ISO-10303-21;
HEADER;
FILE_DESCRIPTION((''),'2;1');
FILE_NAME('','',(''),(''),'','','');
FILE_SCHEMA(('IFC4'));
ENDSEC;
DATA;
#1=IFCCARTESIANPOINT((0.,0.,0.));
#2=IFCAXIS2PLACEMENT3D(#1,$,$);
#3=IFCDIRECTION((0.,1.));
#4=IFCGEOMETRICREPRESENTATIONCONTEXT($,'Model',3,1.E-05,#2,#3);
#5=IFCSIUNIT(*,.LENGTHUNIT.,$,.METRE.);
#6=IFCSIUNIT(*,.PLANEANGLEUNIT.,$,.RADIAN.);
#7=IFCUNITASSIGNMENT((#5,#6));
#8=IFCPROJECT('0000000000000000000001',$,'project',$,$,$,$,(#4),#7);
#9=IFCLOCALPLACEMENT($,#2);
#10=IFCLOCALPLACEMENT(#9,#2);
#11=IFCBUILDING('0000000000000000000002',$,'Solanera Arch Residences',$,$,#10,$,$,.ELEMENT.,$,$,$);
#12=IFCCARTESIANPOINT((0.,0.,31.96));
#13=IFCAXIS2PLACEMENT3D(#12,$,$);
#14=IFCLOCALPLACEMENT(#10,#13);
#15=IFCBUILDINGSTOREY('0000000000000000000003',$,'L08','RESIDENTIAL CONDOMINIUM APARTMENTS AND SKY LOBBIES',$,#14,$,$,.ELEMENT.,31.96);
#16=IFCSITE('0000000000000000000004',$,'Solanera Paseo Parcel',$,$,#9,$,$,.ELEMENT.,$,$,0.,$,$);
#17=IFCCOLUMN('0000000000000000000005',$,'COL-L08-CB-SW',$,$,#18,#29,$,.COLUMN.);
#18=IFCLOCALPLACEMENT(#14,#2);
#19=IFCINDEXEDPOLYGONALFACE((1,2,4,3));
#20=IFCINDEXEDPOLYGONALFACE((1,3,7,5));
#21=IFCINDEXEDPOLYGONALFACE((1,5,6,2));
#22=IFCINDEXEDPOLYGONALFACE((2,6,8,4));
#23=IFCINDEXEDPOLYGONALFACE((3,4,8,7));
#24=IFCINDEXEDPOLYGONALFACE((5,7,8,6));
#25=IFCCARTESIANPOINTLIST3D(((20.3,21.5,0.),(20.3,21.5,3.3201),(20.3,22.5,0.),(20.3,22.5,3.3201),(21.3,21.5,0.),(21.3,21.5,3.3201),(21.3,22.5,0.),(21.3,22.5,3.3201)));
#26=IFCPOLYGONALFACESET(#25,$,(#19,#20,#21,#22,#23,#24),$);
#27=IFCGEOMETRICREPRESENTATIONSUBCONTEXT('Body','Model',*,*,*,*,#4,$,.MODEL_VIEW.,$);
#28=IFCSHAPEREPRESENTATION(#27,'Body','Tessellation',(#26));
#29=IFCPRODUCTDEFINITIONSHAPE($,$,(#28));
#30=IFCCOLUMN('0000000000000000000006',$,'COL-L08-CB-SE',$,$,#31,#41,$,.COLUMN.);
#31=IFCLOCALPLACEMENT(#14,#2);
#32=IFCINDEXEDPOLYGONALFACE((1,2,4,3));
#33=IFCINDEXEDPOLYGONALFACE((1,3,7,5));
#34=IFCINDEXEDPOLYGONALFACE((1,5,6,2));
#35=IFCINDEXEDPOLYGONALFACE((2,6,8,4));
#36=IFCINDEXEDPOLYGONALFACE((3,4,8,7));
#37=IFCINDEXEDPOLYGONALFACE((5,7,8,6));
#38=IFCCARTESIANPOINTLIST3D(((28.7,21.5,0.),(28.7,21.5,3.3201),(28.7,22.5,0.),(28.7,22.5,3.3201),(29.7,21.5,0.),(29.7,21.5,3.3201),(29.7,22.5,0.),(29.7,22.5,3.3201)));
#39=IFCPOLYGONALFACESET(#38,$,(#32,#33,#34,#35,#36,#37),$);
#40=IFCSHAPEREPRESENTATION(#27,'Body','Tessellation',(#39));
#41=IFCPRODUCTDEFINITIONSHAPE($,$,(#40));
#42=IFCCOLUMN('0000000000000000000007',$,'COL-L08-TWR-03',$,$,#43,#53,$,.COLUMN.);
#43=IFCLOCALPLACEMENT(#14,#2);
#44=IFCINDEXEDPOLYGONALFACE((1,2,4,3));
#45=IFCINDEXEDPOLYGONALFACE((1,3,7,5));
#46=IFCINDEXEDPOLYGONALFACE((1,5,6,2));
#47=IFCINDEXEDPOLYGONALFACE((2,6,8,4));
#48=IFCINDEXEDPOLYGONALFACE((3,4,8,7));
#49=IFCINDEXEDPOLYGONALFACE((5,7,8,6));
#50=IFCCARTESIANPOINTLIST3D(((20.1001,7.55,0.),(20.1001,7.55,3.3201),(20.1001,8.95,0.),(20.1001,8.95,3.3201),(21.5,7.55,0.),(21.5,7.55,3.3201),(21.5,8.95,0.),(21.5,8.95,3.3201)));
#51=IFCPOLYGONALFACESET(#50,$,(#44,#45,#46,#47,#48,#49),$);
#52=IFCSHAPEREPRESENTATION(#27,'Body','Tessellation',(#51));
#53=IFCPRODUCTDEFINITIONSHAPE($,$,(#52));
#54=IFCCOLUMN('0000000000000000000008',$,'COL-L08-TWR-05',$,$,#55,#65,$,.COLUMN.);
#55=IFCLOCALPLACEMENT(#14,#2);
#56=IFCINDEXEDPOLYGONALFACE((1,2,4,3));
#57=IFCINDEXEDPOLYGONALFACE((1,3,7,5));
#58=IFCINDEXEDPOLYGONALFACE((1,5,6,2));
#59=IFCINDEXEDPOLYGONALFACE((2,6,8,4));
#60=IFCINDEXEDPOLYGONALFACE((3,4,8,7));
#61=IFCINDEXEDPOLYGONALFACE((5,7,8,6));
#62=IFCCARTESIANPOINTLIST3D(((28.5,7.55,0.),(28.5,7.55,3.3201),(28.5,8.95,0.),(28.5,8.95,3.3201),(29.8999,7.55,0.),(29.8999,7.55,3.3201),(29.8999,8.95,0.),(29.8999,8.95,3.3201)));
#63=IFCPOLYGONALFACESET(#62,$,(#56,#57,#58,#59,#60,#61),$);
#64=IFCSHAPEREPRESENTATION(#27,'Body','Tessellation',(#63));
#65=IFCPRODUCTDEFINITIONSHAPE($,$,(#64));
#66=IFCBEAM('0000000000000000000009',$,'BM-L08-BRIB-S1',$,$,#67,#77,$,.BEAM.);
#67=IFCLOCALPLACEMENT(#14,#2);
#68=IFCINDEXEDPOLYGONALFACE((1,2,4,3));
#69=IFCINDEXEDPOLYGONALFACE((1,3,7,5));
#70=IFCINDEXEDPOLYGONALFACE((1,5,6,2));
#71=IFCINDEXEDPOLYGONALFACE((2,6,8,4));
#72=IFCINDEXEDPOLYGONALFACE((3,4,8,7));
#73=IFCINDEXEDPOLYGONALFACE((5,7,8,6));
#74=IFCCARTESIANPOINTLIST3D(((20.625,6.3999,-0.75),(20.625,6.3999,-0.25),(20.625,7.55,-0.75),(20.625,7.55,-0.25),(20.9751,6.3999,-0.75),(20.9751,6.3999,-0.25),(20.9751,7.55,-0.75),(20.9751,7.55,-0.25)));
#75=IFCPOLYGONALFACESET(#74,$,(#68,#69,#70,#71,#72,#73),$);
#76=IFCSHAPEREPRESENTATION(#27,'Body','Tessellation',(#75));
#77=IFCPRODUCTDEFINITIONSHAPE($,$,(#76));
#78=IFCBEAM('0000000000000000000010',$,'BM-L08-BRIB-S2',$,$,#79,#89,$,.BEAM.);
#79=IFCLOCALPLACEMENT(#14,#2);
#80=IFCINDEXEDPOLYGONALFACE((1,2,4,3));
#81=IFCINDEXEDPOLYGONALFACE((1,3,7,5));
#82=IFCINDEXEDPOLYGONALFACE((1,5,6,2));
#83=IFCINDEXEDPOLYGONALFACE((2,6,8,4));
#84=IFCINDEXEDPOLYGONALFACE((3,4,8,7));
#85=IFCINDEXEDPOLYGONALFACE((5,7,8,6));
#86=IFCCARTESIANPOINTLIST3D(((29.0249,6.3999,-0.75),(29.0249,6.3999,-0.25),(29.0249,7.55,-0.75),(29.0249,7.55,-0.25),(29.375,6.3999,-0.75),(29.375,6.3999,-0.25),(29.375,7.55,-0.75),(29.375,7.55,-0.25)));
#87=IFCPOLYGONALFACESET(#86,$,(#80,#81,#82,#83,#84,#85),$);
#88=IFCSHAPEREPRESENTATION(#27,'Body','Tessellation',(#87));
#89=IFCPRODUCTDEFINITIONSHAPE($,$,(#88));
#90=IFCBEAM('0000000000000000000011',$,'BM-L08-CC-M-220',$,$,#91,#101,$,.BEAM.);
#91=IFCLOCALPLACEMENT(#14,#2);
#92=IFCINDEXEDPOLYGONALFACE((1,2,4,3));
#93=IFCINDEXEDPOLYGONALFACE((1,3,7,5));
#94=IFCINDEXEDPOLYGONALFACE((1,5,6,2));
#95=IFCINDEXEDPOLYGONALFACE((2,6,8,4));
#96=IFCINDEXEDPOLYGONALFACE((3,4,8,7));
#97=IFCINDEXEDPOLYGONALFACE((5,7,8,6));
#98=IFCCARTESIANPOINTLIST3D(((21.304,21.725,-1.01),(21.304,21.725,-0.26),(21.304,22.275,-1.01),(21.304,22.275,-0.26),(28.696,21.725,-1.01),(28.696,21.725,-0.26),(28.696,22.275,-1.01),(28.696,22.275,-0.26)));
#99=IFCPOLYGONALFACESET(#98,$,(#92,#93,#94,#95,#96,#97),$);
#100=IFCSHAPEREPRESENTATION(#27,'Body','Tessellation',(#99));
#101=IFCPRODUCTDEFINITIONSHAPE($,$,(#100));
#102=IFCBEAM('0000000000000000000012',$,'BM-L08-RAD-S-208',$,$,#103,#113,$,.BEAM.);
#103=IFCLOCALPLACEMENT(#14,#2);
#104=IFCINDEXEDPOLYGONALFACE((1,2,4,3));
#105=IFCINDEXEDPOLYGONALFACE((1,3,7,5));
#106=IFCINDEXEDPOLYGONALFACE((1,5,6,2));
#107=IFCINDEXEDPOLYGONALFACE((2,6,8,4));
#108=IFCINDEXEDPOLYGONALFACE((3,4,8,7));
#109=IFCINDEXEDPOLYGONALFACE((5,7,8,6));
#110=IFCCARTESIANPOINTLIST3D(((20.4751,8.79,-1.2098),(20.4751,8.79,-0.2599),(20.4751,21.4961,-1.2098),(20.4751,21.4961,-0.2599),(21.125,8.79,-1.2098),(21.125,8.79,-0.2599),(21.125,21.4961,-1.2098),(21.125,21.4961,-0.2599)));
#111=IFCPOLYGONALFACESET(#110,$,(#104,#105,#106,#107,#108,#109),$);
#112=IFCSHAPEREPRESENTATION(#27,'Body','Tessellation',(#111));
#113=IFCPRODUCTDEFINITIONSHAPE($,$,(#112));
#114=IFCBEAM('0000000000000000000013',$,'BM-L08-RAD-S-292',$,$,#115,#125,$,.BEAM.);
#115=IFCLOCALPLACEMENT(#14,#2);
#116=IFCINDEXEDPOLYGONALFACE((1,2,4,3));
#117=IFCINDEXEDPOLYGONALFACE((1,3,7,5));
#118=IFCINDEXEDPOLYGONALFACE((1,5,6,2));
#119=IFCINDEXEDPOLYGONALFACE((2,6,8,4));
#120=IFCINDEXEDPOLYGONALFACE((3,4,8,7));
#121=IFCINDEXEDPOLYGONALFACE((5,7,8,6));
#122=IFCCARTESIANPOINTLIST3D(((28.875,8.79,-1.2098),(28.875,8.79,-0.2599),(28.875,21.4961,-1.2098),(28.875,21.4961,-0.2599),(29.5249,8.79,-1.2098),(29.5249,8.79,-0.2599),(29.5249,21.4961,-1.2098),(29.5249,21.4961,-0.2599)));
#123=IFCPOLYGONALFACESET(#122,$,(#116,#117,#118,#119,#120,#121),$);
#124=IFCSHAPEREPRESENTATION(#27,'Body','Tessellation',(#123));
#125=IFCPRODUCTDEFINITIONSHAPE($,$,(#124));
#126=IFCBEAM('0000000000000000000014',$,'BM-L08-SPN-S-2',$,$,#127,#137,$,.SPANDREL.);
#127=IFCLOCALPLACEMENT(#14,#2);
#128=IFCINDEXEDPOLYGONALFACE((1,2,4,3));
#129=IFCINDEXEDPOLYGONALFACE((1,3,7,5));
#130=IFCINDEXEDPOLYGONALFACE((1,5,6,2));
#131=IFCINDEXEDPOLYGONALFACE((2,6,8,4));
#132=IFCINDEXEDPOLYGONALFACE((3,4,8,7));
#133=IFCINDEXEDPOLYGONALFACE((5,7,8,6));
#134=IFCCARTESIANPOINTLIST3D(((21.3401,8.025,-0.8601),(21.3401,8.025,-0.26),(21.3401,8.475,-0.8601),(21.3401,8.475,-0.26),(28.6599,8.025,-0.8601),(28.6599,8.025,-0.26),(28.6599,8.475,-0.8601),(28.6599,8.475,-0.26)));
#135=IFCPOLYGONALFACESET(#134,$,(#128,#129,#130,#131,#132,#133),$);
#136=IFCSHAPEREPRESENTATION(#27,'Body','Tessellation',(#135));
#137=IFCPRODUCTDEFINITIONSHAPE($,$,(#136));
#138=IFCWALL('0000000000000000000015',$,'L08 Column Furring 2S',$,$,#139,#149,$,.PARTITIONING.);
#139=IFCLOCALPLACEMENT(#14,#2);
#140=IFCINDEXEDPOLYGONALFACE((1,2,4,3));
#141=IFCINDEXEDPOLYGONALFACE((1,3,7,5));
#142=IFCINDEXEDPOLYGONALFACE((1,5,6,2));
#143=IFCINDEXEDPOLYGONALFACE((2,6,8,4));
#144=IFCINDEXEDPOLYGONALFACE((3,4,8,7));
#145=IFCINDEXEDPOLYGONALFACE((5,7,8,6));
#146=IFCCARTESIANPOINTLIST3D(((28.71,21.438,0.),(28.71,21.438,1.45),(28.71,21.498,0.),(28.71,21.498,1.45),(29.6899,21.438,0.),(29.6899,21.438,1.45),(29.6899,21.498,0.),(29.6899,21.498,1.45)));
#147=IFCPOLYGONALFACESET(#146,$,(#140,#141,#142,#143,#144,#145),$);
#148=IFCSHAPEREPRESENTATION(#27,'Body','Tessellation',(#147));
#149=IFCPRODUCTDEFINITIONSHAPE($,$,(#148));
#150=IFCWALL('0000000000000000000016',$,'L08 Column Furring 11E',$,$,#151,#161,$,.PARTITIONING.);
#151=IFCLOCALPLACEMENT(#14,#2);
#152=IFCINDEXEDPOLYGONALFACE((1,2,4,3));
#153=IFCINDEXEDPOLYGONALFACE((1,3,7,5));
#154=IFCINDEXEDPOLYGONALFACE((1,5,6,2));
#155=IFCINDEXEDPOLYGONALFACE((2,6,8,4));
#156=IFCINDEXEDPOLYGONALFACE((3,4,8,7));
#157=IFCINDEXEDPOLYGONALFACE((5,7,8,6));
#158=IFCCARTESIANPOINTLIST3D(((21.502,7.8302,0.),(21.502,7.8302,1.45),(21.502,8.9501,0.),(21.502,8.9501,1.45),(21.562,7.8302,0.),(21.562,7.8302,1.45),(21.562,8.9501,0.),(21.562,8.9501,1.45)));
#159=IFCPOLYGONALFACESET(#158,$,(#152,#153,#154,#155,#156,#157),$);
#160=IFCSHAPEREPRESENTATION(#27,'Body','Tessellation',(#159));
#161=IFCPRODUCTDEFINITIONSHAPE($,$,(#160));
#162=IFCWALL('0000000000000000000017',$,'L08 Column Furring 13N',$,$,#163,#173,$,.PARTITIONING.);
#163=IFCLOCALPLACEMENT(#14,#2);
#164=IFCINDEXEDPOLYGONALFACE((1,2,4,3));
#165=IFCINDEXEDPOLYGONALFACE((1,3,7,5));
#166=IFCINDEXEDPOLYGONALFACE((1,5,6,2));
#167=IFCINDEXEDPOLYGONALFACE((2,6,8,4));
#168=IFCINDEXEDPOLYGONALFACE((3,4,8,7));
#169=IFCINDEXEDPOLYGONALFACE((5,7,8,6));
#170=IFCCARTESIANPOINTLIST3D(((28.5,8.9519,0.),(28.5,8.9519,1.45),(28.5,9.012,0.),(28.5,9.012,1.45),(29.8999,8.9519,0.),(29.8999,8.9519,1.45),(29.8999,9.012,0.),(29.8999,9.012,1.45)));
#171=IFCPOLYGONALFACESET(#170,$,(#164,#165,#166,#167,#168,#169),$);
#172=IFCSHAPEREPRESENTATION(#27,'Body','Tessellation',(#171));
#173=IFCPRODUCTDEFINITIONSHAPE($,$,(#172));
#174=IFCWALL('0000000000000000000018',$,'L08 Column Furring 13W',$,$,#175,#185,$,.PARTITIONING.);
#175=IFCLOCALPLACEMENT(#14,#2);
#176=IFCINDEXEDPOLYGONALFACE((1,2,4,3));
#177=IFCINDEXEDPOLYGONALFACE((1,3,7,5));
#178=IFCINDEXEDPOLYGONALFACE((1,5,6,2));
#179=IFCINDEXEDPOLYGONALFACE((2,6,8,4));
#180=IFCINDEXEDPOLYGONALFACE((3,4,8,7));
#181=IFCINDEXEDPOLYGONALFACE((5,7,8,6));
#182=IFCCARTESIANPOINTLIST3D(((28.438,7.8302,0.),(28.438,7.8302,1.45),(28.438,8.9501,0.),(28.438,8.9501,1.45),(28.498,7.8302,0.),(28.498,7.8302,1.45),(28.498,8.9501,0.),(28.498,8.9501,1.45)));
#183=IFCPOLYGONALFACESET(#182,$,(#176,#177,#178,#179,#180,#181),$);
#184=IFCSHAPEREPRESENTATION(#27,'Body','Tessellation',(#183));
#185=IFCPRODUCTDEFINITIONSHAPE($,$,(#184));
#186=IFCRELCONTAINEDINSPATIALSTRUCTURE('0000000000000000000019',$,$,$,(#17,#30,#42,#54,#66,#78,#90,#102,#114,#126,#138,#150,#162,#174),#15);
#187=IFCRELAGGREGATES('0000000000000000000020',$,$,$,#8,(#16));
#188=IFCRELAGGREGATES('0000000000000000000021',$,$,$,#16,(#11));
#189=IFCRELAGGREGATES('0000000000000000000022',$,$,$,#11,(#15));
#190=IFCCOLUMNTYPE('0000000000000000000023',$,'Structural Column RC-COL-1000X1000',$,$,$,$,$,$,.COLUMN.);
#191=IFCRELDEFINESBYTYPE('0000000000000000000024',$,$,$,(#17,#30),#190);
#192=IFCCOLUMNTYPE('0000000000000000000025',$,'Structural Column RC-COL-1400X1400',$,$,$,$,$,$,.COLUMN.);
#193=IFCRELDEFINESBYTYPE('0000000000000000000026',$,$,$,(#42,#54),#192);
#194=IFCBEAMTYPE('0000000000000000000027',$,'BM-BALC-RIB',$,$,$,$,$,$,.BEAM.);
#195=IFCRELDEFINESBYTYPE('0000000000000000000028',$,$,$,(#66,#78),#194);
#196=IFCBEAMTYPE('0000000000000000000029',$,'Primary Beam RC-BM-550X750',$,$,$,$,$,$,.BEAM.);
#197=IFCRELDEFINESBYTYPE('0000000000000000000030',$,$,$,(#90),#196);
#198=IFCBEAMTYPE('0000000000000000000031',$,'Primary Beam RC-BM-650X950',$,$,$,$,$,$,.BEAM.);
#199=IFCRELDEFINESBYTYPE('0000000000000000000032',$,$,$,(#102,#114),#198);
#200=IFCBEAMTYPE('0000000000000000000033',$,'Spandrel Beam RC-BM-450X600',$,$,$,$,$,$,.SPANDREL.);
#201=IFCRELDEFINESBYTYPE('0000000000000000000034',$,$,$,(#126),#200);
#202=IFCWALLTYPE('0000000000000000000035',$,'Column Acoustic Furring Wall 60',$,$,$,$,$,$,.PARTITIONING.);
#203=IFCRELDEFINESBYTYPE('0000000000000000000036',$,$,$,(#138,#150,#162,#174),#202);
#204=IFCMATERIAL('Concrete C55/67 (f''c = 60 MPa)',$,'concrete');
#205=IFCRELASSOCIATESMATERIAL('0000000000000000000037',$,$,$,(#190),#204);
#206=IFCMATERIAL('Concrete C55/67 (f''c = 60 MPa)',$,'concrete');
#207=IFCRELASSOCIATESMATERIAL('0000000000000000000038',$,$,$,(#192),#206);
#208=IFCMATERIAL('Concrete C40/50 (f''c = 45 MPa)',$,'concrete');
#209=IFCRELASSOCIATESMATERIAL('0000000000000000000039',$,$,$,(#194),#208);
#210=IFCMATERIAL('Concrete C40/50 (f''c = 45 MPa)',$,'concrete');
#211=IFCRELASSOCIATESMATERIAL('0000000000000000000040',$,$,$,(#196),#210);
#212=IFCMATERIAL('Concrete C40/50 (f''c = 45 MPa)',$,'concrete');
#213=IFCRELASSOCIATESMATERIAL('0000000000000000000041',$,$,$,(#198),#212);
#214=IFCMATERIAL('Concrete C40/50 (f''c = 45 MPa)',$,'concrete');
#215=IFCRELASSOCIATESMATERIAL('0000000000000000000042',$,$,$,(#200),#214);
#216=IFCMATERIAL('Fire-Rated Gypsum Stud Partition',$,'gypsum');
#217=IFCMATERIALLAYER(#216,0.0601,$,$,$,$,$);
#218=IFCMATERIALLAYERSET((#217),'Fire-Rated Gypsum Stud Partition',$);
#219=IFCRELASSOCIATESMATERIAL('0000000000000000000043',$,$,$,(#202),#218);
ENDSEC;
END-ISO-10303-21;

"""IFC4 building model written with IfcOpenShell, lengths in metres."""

from ifc_helpers import new_model, si_unit, direction, frame, frame_2d, origin, origin_2d, place, context, subcontext, project, spatial, rectangle, extrude, material, layer, layer_set, material_profile, profile_set, type_object, element, save


model = new_model("IFC4")

# Units and contexts
model_context = context("Model", 3, precision=1e-05, world=origin(), true_north=direction((0.0, 1.0)))
body_context = subcontext(model_context, "Body", "Model", "MODEL_VIEW")
ifc_project = project(units=[si_unit("LENGTHUNIT", "METRE"), si_unit("PLANEANGLEUNIT", "RADIAN")], contexts=[model_context])

# Site, building, storey
site_placement = place(None, origin())
site = spatial("IfcSite", under=ifc_project, at=site_placement, Name="Solanera Paseo Parcel", CompositionType="ELEMENT", RefElevation=0.0)
building_placement = place(site_placement, origin())
building = spatial("IfcBuilding", under=site, at=building_placement, Name="Solanera Arch Residences", CompositionType="ELEMENT")
storey_placement = place(building_placement, frame((0.0, 0.0, 31.96)))
storey = spatial("IfcBuildingStorey", under=building, at=storey_placement, Name="L08", Description="RESIDENTIAL CONDOMINIUM APARTMENTS AND SKY LOBBIES", CompositionType="ELEMENT", Elevation=31.96)

# Columns
ifc_material_1 = material(Name="Concrete C55/67 (f'c = 60 MPa)", Category="concrete")
ifc_material_profile_1 = material_profile(ifc_material_1, rectangle(XDim=1.0, YDim=1.0, at=origin_2d()))
ifc_profile_set_1 = profile_set([ifc_material_profile_1], Name="Concrete C55/67 (f'c = 60 MPa)")
column_type_1 = type_object("IfcColumnType", Name="Structural Column RC-COL-1000X1000", PredefinedType="COLUMN", material=ifc_profile_set_1)
for number, where, z_axis, x_axis, name in (
    (1, (20.8, 22.0, 0.0), (0.0, 0.0, 1.0), (1.0, 0.0, 0.0), "COL-L08-CB-SW"),
    (2, (29.2, 22.0, 0.0), (0.0, 0.0, 1.0), (1.0, 0.0, 0.0), "COL-L08-CB-SE"),
):
    element("IfcColumn", number, at=place(storey_placement, frame(where, z_axis=z_axis, x_axis=x_axis)), inside=storey, type_object=column_type_1, Name=name, PredefinedType="COLUMN", context=body_context, shape_type="SweptSolid", body=[
        extrude(rectangle(XDim=1.0, YDim=1.0, at=origin_2d()), origin(), (0.0, 0.0, 1.0), 3.3201),
    ])
ifc_material_2 = material(Name="Concrete C55/67 (f'c = 60 MPa)", Category="concrete")
ifc_material_profile_2 = material_profile(ifc_material_2, rectangle(XDim=1.3999, YDim=1.3999, at=origin_2d()))
ifc_profile_set_2 = profile_set([ifc_material_profile_2], Name="Concrete C55/67 (f'c = 60 MPa)")
column_type_2 = type_object("IfcColumnType", Name="Structural Column RC-COL-1400X1400", PredefinedType="COLUMN", material=ifc_profile_set_2)
for number, where, z_axis, x_axis, name in (
    (3, (20.8, 8.25, 0.0), (0.0, 0.0, 1.0), (1.0, 0.0, 0.0), "COL-L08-TWR-03"),
    (4, (29.2, 8.25, 0.0), (0.0, 0.0, 1.0), (1.0, 0.0, 0.0), "COL-L08-TWR-05"),
):
    element("IfcColumn", number, at=place(storey_placement, frame(where, z_axis=z_axis, x_axis=x_axis)), inside=storey, type_object=column_type_2, Name=name, PredefinedType="COLUMN", context=body_context, shape_type="SweptSolid", body=[
        extrude(rectangle(XDim=1.3999, YDim=1.3999, at=origin_2d()), origin(), (0.0, 0.0, 1.0), 3.3201),
    ])

# Beams
ifc_material_3 = material(Name="Concrete C40/50 (f'c = 45 MPa)", Category="concrete")
ifc_material_profile_3 = material_profile(ifc_material_3, rectangle(XDim=0.3501, YDim=0.5, at=origin_2d()))
ifc_profile_set_3 = profile_set([ifc_material_profile_3], Name="Concrete C40/50 (f'c = 45 MPa)")
beam_type_1 = type_object("IfcBeamType", Name="BM-BALC-RIB", PredefinedType="BEAM", material=ifc_profile_set_3)
for number, where, z_axis, x_axis, name in (
    (5, (20.8, 6.3999, -0.5), (0.0, 1.0, 0.0), (-1.0, 0.0, 0.0), "BM-L08-BRIB-S1"),
    (6, (29.2, 6.3999, -0.5), (0.0, 1.0, 0.0), (-1.0, 0.0, 0.0), "BM-L08-BRIB-S2"),
):
    element("IfcBeam", number, at=place(storey_placement, frame(where, z_axis=z_axis, x_axis=x_axis)), inside=storey, type_object=beam_type_1, Name=name, PredefinedType="BEAM", context=body_context, shape_type="SweptSolid", body=[
        extrude(rectangle(XDim=0.3501, YDim=0.5, at=origin_2d()), origin(), (0.0, 0.0, 1.0), 1.1501),
    ])
ifc_material_4 = material(Name="Concrete C40/50 (f'c = 45 MPa)", Category="concrete")
ifc_material_profile_4 = material_profile(ifc_material_4, rectangle(XDim=0.55, YDim=0.75, at=origin_2d()))
ifc_profile_set_4 = profile_set([ifc_material_profile_4], Name="Concrete C40/50 (f'c = 45 MPa)")
beam_type_2 = type_object("IfcBeamType", Name="Primary Beam RC-BM-550X750", PredefinedType="BEAM", material=ifc_profile_set_4)
beam_1_placement = place(storey_placement, frame((21.304, 22.0, -0.635), z_axis=(1.0, 0.0, 0.0), x_axis=(0.0, 1.0, 0.0)))
element("IfcBeam", 7, at=beam_1_placement, inside=storey, type_object=beam_type_2, Name="BM-L08-CC-M-220", PredefinedType="BEAM", context=body_context, shape_type="SweptSolid", body=[
    extrude(rectangle(XDim=0.55, YDim=0.75, at=origin_2d()), origin(), (0.0, 0.0, 1.0), 7.3921),
])
ifc_material_5 = material(Name="Concrete C40/50 (f'c = 45 MPa)", Category="concrete")
ifc_material_profile_5 = material_profile(ifc_material_5, rectangle(XDim=0.6499, YDim=0.95, at=origin_2d()))
ifc_profile_set_5 = profile_set([ifc_material_profile_5], Name="Concrete C40/50 (f'c = 45 MPa)")
beam_type_3 = type_object("IfcBeamType", Name="Primary Beam RC-BM-650X950", PredefinedType="BEAM", material=ifc_profile_set_5)
for number, where, z_axis, x_axis, name in (
    (8, (20.8, 8.79, -0.7349), (0.0, 1.0, 0.0), (-1.0, 0.0, 0.0), "BM-L08-RAD-S-208"),
    (9, (29.2, 8.79, -0.7349), (0.0, 1.0, 0.0), (-1.0, 0.0, 0.0), "BM-L08-RAD-S-292"),
):
    element("IfcBeam", number, at=place(storey_placement, frame(where, z_axis=z_axis, x_axis=x_axis)), inside=storey, type_object=beam_type_3, Name=name, PredefinedType="BEAM", context=body_context, shape_type="SweptSolid", body=[
        extrude(rectangle(XDim=0.6499, YDim=0.95, at=origin_2d()), origin(), (0.0, 0.0, 1.0), 12.7061),
    ])
ifc_material_6 = material(Name="Concrete C40/50 (f'c = 45 MPa)", Category="concrete")
ifc_material_profile_6 = material_profile(ifc_material_6, rectangle(XDim=0.45, YDim=0.6001, at=origin_2d()))
ifc_profile_set_6 = profile_set([ifc_material_profile_6], Name="Concrete C40/50 (f'c = 45 MPa)")
beam_type_4 = type_object("IfcBeamType", Name="Spandrel Beam RC-BM-450X600", PredefinedType="SPANDREL", material=ifc_profile_set_6)
beam_2_placement = place(storey_placement, frame((21.3401, 8.25, -0.5601), z_axis=(1.0, 0.0, 0.0), x_axis=(0.0, 1.0, 0.0)))
element("IfcBeam", 10, at=beam_2_placement, inside=storey, type_object=beam_type_4, Name="BM-L08-SPN-S-2", PredefinedType="SPANDREL", context=body_context, shape_type="SweptSolid", body=[
    extrude(rectangle(XDim=0.45, YDim=0.6001, at=origin_2d()), origin(), (0.0, 0.0, 1.0), 7.3198),
])

# Walls
ifc_material_7 = material(Name="Fire-Rated Gypsum Stud Partition", Category="gypsum")
ifc_layer_1 = layer(ifc_material_7, 0.0601)
ifc_layer_set_1 = layer_set([ifc_layer_1], Name="Fire-Rated Gypsum Stud Partition")
wall_type_1 = type_object("IfcWallType", Name="Column Acoustic Furring Wall 60", PredefinedType="PARTITIONING", material=ifc_layer_set_1)
wall_1_placement = place(storey_placement, frame((28.71, 21.468, 0.0), z_axis=(0.0, 0.0, 1.0), x_axis=(1.0, 0.0, 0.0)))
element("IfcWall", 11, at=wall_1_placement, inside=storey, type_object=wall_type_1, Name="L08 Column Furring 2S", PredefinedType="PARTITIONING", context=body_context, shape_type="SweptSolid", body=[
    extrude(rectangle(XDim=0.98, YDim=0.0601, at=frame_2d((0.49, 0.0))), origin(), (0.0, 0.0, 1.0), 1.45),
])
wall_2_placement = place(storey_placement, frame((21.532, 7.8301, 0.0), z_axis=(0.0, 0.0, 1.0), x_axis=(0.0, 1.0, 0.0)))
element("IfcWall", 12, at=wall_2_placement, inside=storey, type_object=wall_type_1, Name="L08 Column Furring 11E", PredefinedType="PARTITIONING", context=body_context, shape_type="SweptSolid", body=[
    extrude(rectangle(XDim=1.1199, YDim=0.0601, at=frame_2d((0.5601, 0.0))), origin(), (0.0, 0.0, 1.0), 1.45),
])
wall_3_placement = place(storey_placement, frame((28.5, 8.9819, 0.0), z_axis=(0.0, 0.0, 1.0), x_axis=(1.0, 0.0, 0.0)))
element("IfcWall", 13, at=wall_3_placement, inside=storey, type_object=wall_type_1, Name="L08 Column Furring 13N", PredefinedType="PARTITIONING", context=body_context, shape_type="SweptSolid", body=[
    extrude(rectangle(XDim=1.3999, YDim=0.0601, at=frame_2d((0.7, 0.0))), origin(), (0.0, 0.0, 1.0), 1.45),
])
wall_4_placement = place(storey_placement, frame((28.468, 7.8301, 0.0), z_axis=(0.0, 0.0, 1.0), x_axis=(0.0, 1.0, 0.0)))
element("IfcWall", 14, at=wall_4_placement, inside=storey, type_object=wall_type_1, Name="L08 Column Furring 13W", PredefinedType="PARTITIONING", context=body_context, shape_type="SweptSolid", body=[
    extrude(rectangle(XDim=1.1199, YDim=0.0601, at=frame_2d((0.5601, 0.0))), origin(), (0.0, 0.0, 1.0), 1.45),
])

save(model, "model.ifc")
